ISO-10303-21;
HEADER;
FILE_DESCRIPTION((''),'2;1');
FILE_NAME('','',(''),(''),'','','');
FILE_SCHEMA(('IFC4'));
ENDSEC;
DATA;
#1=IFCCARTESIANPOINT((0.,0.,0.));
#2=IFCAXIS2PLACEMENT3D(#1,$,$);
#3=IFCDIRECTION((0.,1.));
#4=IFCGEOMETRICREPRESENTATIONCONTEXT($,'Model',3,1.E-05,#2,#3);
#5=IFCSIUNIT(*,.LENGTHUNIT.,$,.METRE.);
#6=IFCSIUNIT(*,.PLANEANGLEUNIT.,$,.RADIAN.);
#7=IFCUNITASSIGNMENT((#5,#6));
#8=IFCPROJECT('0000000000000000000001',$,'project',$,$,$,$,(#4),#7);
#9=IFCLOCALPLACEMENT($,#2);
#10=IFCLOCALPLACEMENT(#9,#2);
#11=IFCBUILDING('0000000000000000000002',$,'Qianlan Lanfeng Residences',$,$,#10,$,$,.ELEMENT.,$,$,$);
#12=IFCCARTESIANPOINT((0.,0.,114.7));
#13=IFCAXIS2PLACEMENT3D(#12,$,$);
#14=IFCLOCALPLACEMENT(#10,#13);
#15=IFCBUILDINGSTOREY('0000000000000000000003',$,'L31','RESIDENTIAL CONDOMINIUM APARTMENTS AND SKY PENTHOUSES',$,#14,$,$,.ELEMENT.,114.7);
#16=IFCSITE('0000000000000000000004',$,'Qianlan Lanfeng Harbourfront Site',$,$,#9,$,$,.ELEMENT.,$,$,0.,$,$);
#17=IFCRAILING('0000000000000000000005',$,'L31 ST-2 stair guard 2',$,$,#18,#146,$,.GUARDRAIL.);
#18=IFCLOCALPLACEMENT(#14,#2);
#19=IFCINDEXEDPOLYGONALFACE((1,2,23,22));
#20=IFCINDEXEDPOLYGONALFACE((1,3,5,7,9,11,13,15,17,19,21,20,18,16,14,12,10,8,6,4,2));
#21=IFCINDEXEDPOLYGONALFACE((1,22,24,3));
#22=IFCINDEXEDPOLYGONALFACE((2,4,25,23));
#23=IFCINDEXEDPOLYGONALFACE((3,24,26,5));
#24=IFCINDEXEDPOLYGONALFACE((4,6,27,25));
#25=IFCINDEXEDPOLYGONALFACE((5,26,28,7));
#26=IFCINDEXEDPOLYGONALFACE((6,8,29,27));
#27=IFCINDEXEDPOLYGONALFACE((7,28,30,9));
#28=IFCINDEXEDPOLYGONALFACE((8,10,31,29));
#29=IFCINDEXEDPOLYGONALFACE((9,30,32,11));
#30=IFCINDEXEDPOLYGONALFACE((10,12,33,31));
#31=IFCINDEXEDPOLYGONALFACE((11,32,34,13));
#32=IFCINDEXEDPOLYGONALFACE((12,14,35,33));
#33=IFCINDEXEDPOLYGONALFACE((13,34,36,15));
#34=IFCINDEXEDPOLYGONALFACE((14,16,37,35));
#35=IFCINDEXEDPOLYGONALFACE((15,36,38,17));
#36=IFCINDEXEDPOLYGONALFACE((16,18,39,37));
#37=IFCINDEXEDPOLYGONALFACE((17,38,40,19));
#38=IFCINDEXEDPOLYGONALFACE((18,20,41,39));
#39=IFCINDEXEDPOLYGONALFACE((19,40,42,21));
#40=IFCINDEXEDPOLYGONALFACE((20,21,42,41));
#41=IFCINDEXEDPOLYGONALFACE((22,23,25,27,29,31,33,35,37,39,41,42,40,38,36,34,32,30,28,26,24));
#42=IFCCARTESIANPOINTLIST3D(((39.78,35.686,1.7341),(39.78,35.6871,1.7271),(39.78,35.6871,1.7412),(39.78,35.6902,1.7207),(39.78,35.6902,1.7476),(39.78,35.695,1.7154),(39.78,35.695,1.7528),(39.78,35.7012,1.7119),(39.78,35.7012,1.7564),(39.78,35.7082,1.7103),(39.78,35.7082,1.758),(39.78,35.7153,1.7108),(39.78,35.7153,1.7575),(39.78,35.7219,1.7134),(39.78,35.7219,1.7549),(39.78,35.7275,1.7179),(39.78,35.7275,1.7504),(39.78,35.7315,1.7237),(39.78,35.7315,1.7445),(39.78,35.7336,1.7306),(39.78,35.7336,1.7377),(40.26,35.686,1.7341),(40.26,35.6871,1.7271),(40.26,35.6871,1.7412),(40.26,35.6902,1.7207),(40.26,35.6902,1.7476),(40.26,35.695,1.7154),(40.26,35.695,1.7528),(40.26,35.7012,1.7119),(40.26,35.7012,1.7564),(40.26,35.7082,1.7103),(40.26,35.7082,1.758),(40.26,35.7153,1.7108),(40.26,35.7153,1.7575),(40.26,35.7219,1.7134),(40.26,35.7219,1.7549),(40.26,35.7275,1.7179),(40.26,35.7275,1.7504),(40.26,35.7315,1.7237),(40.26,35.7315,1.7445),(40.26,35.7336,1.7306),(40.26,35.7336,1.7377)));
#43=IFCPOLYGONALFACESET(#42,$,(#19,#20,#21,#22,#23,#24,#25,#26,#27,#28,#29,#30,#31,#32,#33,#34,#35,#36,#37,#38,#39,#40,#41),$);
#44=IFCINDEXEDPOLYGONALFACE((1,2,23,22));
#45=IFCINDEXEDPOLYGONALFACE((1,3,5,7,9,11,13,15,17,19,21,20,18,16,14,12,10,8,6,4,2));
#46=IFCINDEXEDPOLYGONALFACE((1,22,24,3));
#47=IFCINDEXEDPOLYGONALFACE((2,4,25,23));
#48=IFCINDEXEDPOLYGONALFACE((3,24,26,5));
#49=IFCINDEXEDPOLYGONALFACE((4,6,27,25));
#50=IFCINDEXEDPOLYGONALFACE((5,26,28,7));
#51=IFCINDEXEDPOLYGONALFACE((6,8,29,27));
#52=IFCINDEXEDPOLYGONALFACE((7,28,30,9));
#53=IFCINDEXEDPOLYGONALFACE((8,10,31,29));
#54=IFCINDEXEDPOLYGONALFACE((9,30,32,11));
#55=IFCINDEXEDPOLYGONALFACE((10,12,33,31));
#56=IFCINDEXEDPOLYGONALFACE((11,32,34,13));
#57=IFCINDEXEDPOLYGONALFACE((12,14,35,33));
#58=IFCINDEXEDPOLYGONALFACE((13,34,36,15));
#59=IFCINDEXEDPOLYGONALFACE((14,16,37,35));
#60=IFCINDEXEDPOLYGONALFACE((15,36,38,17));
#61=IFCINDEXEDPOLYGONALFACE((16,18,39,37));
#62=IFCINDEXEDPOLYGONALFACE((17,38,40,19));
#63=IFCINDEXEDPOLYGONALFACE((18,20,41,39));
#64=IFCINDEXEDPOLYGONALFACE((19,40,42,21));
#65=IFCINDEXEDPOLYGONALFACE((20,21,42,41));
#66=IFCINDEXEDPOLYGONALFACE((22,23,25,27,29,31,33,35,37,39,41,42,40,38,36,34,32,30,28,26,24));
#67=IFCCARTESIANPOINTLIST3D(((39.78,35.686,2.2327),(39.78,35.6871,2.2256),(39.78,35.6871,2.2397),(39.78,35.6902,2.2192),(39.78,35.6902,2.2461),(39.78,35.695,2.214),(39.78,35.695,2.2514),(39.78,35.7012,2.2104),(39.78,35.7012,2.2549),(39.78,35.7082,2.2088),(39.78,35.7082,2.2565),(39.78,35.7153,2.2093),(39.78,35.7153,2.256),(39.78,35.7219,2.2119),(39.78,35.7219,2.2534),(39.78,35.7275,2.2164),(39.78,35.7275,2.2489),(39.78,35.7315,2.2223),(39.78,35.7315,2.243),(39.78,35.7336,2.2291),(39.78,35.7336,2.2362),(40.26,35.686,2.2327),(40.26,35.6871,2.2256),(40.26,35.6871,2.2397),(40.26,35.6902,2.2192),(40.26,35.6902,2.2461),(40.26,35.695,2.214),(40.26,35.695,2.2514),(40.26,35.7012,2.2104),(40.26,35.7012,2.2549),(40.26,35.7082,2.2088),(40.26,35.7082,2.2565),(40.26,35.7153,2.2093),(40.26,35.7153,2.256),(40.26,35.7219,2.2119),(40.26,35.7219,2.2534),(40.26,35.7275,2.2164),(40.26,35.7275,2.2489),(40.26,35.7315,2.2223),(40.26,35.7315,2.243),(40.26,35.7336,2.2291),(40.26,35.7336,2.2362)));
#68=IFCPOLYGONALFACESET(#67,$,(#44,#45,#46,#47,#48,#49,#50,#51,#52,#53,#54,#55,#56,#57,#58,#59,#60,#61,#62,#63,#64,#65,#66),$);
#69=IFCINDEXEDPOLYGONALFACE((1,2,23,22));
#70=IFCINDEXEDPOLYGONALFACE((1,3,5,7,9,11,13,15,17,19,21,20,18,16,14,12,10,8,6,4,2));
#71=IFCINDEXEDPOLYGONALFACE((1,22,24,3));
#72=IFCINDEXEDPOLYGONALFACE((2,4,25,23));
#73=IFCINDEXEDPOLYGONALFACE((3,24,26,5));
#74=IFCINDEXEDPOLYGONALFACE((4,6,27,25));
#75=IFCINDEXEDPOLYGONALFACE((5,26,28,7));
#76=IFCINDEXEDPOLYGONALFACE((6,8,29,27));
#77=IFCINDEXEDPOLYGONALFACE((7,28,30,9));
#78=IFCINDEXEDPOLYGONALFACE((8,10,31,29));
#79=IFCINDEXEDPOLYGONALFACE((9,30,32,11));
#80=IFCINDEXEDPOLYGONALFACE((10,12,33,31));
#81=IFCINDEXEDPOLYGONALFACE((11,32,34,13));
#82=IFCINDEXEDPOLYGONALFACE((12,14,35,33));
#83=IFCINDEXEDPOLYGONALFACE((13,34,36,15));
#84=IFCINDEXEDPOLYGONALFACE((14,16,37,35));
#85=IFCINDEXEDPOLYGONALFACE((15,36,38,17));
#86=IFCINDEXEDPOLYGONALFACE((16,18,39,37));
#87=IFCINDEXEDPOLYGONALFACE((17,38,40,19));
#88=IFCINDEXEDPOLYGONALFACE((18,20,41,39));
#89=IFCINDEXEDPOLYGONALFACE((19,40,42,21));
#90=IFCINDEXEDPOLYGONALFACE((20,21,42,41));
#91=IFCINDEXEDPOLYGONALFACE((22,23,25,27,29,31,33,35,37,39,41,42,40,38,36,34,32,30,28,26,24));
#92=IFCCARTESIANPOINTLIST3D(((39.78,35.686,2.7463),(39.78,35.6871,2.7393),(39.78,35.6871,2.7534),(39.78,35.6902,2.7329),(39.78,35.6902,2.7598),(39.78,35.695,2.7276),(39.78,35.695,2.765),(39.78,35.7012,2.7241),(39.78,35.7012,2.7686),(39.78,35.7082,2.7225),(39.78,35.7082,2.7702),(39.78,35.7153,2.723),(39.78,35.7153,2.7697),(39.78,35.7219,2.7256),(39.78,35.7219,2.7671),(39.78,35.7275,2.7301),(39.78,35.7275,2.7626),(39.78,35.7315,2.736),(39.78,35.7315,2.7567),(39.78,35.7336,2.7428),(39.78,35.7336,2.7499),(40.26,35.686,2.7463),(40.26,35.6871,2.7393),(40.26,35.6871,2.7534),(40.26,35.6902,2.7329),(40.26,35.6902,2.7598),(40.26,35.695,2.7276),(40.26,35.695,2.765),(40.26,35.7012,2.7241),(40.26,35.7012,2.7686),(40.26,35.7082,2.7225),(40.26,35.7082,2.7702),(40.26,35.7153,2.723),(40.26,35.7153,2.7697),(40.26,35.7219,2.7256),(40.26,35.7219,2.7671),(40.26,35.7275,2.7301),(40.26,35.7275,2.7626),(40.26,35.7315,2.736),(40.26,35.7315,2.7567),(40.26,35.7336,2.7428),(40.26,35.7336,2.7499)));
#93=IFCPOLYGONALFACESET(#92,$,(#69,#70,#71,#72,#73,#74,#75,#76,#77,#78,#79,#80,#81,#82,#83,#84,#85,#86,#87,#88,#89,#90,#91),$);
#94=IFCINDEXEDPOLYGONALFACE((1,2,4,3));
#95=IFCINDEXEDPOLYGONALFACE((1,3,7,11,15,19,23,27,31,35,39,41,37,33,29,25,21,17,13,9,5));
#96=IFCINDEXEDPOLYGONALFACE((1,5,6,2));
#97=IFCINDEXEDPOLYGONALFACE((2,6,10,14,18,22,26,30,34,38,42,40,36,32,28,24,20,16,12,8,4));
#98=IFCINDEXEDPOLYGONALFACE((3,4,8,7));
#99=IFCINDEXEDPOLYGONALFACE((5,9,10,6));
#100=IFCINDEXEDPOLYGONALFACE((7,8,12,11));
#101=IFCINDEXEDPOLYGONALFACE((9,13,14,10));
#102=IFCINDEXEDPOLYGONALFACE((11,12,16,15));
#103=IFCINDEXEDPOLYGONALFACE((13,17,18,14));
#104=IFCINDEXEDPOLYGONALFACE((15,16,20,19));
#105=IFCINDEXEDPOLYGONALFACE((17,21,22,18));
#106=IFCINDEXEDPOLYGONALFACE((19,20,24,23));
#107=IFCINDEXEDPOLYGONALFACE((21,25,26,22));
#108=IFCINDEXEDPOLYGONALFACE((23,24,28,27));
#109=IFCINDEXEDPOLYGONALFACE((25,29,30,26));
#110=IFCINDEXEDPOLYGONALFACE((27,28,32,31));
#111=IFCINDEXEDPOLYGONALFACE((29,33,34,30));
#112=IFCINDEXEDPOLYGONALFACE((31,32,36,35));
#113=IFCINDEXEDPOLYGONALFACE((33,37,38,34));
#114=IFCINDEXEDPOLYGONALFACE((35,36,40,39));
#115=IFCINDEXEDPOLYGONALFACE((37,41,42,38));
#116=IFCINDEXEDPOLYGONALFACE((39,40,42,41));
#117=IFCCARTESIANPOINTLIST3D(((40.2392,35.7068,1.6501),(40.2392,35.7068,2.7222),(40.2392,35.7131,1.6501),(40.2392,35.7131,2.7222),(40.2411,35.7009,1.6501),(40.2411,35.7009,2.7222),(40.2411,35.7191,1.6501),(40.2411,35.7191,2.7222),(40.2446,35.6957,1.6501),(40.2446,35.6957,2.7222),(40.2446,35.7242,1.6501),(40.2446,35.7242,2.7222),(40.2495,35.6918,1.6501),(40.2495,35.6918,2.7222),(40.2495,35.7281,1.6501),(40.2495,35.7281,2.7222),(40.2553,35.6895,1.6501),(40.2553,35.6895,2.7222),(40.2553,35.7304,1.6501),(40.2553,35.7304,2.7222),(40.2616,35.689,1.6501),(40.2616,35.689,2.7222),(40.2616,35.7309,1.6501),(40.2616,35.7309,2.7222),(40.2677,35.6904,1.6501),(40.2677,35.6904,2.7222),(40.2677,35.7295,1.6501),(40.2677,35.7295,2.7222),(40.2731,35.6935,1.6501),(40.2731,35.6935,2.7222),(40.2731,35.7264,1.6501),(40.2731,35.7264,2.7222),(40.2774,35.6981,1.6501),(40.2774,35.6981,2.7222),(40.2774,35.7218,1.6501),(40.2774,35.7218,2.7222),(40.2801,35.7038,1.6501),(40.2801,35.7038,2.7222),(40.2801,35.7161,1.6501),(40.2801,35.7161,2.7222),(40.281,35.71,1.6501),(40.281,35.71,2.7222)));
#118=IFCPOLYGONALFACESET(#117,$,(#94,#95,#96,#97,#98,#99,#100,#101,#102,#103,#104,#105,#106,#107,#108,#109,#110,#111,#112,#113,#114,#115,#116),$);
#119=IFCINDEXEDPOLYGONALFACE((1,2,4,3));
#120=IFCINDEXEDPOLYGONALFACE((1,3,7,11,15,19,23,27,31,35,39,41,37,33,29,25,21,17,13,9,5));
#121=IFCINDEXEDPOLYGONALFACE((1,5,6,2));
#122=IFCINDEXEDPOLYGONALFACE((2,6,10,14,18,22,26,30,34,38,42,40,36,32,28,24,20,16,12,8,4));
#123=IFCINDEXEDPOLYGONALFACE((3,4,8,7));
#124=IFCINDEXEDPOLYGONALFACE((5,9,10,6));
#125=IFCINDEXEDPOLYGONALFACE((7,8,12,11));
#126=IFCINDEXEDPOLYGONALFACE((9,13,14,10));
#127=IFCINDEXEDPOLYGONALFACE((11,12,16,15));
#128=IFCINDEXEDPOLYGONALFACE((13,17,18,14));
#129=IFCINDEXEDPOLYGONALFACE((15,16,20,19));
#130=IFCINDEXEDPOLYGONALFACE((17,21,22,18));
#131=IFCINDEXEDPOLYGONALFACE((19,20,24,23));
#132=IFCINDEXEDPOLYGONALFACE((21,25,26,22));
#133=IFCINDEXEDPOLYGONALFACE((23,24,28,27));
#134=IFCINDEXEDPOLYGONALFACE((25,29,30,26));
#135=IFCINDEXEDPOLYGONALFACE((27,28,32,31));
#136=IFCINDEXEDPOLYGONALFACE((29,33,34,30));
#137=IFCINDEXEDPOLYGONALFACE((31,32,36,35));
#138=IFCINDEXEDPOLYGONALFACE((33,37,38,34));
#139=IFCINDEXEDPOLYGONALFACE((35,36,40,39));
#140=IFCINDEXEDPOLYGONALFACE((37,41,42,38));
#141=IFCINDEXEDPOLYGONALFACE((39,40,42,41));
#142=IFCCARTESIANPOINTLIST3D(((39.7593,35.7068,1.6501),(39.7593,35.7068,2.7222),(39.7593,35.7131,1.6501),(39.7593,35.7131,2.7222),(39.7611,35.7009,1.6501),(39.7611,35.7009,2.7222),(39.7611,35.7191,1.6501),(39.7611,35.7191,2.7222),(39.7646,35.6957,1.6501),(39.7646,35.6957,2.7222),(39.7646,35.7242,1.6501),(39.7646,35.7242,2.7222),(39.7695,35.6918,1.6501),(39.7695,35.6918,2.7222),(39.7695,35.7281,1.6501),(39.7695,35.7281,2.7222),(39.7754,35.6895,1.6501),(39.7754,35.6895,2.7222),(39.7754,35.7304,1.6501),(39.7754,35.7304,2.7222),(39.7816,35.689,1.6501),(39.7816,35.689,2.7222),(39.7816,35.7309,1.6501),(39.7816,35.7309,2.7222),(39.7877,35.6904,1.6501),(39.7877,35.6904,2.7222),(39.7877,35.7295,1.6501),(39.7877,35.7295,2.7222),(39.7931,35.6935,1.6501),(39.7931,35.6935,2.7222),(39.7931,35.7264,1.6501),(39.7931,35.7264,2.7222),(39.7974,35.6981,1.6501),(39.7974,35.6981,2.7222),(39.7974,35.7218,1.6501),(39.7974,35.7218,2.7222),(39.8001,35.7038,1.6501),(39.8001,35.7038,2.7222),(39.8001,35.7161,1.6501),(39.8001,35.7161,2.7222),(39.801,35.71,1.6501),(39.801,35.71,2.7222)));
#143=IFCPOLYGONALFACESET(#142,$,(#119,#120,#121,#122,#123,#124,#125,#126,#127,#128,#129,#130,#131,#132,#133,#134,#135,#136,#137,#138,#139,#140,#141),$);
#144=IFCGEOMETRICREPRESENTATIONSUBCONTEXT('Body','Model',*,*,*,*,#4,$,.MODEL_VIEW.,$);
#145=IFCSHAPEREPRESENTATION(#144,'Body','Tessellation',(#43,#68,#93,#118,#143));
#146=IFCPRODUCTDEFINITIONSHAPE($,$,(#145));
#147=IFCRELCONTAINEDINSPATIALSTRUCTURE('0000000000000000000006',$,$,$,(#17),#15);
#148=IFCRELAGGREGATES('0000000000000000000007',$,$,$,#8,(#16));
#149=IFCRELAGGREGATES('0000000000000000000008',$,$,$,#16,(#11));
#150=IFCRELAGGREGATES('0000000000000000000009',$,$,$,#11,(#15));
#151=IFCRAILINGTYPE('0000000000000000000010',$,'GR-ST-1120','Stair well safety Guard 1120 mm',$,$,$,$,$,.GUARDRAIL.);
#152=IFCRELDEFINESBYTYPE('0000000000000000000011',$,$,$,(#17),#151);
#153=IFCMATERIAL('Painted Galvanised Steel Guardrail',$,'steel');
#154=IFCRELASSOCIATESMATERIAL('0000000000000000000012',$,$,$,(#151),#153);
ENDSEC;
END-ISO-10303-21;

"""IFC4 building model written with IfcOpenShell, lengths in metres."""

from ifc_helpers import new_model, si_unit, direction, frame, origin, origin_2d, place, context, subcontext, project, spatial, circle, extrude, material, type_object, element, save


model = new_model("IFC4")

# Units and contexts
model_context = context("Model", 3, precision=1e-05, world=origin(), true_north=direction((0.0, 1.0)))
body_context = subcontext(model_context, "Body", "Model", "MODEL_VIEW")
ifc_project = project(units=[si_unit("LENGTHUNIT", "METRE"), si_unit("PLANEANGLEUNIT", "RADIAN")], contexts=[model_context])

# Site, building, storey
site_placement = place(None, origin())
site = spatial("IfcSite", under=ifc_project, at=site_placement, Name="Qianlan Lanfeng Harbourfront Site", CompositionType="ELEMENT", RefElevation=0.0)
building_placement = place(site_placement, origin())
building = spatial("IfcBuilding", under=site, at=building_placement, Name="Qianlan Lanfeng Residences", CompositionType="ELEMENT")
storey_placement = place(building_placement, frame((0.0, 0.0, 114.7)))
storey = spatial("IfcBuildingStorey", under=building, at=storey_placement, Name="L31", Description="RESIDENTIAL CONDOMINIUM APARTMENTS AND SKY PENTHOUSES", CompositionType="ELEMENT", Elevation=114.7)

# Railing
ifc_material_1 = material(Name="Painted Galvanised Steel Guardrail", Category="steel")
railing_type_1 = type_object("IfcRailingType", Name="GR-ST-1120", Description="Stair well safety Guard 1120 mm", PredefinedType="GUARDRAIL", material=ifc_material_1)
railing_1_placement = place(storey_placement, frame((40.26, 35.71, 1.6501)))
element("IfcRailing", 1, at=railing_1_placement, inside=storey, type_object=railing_type_1, Name="L31 ST-2 stair guard 2", PredefinedType="GUARDRAIL", context=body_context, shape_type="SweptSolid", body=[
    extrude(circle(Radius=0.0239, at=origin_2d()), frame((0.0, 0.0, 0.084), z_axis=(-1.0, 0.0, 0.0), x_axis=(0.0, -1.0, 0.0)), (0.0, 0.0, 1.0), 0.48),
    extrude(circle(Radius=0.0239, at=origin_2d()), frame((0.0, 0.0, 0.5825), z_axis=(-1.0, 0.0, 0.0), x_axis=(0.0, -1.0, 0.0)), (0.0, 0.0, 1.0), 0.48),
    extrude(circle(Radius=0.0239, at=origin_2d()), frame((0.0, 0.0, 1.0962), z_axis=(-1.0, 0.0, 0.0), x_axis=(0.0, -1.0, 0.0)), (0.0, 0.0, 1.0), 0.48),
    extrude(circle(Radius=0.021, at=origin_2d()), origin(), (0.0, 0.0, 1.0), 1.072),
    extrude(circle(Radius=0.021, at=origin_2d()), frame((-0.48, 0.0, 0.0)), (0.0, 0.0, 1.0), 1.072),
])

save(model, "model.ifc")
